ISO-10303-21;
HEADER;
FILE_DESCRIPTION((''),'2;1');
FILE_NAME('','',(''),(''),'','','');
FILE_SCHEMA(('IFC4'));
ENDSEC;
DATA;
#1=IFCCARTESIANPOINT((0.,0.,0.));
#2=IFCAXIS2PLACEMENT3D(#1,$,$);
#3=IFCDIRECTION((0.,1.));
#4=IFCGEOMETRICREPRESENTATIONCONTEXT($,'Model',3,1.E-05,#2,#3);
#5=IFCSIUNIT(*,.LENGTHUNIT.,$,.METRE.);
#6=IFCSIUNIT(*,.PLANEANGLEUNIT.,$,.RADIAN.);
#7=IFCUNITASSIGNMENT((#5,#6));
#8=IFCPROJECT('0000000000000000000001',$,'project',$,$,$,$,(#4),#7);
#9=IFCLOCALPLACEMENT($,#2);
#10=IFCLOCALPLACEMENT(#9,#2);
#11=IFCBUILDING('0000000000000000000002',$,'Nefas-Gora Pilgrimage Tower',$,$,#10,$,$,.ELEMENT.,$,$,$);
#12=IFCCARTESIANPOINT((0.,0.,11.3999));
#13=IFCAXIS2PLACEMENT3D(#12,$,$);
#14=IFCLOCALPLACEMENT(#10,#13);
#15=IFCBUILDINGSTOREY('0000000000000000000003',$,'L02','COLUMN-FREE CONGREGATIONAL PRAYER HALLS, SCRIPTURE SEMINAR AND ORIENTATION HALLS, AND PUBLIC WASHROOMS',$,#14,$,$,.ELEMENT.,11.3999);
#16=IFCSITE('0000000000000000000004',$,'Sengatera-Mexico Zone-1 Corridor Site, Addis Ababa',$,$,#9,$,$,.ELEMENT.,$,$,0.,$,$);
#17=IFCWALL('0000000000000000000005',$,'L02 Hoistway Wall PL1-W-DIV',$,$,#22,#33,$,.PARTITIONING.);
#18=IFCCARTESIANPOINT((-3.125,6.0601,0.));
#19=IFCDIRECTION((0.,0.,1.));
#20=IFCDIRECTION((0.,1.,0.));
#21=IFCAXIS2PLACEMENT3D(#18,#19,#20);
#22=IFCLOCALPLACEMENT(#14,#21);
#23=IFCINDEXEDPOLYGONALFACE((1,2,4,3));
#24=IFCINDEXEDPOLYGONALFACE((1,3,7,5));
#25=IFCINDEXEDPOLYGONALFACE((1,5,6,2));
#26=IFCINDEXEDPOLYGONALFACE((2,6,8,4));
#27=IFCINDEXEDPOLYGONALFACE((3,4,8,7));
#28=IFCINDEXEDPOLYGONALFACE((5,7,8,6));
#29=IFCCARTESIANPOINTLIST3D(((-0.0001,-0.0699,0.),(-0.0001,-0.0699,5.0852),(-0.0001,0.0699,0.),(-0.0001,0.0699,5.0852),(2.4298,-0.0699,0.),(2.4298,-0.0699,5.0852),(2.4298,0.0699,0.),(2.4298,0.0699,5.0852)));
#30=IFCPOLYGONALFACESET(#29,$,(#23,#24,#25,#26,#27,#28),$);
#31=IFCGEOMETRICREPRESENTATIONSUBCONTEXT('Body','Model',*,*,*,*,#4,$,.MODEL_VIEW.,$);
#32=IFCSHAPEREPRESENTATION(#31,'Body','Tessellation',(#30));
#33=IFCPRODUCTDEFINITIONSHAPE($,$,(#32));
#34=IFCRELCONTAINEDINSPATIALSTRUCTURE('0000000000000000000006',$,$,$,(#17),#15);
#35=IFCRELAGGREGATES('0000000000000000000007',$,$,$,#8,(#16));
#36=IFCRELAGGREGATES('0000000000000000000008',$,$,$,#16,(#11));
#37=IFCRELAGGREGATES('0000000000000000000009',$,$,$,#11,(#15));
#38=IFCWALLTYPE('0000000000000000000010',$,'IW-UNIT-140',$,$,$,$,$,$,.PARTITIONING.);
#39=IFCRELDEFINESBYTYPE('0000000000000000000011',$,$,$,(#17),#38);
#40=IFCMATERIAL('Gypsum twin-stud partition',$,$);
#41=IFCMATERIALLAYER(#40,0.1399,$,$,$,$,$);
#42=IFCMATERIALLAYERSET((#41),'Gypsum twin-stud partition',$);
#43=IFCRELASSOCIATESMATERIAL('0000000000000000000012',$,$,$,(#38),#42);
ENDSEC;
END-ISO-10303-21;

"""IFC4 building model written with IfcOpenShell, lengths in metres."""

from ifc_helpers import new_model, si_unit, direction, frame, frame_2d, origin, place, context, subcontext, project, spatial, rectangle, extrude, source, transform, mapped, material, layer, layer_set, type_object, element, save


model = new_model("IFC4")

# Units and contexts
model_context = context("Model", 3, precision=1e-05, world=origin(), true_north=direction((0.0, 1.0)))
body_context = subcontext(model_context, "Body", "Model", "MODEL_VIEW")
ifc_project = project(units=[si_unit("LENGTHUNIT", "METRE"), si_unit("PLANEANGLEUNIT", "RADIAN")], contexts=[model_context])

# Site, building, storey
site_placement = place(None, origin())
site = spatial("IfcSite", under=ifc_project, at=site_placement, Name="Sengatera-Mexico Zone-1 Corridor Site, Addis Ababa", CompositionType="ELEMENT", RefElevation=0.0)
building_placement = place(site_placement, origin())
building = spatial("IfcBuilding", under=site, at=building_placement, Name="Nefas-Gora Pilgrimage Tower", CompositionType="ELEMENT")
storey_placement = place(building_placement, frame((0.0, 0.0, 11.3999)))
storey = spatial("IfcBuildingStorey", under=building, at=storey_placement, Name="L02", Description="COLUMN-FREE CONGREGATIONAL PRAYER HALLS, SCRIPTURE SEMINAR AND ORIENTATION HALLS, AND PUBLIC WASHROOMS", CompositionType="ELEMENT", Elevation=11.3999)

# Wall
ifc_material_1 = material(Name="Gypsum twin-stud partition")
ifc_layer_1 = layer(ifc_material_1, 0.1399)
ifc_layer_set_1 = layer_set([ifc_layer_1], Name="Gypsum twin-stud partition")
wall_type_1 = type_object("IfcWallType", Name="IW-UNIT-140", PredefinedType="PARTITIONING", material=ifc_layer_set_1)
shared_shape_1 = source(origin(), body_context, "Body", "SweptSolid", [
    extrude(rectangle(XDim=2.4299, YDim=0.1399, at=frame_2d((1.2148, 0.0))), origin(), (0.0, 0.0, 1.0), 5.0852),
])
wall_1_placement = place(storey_placement, frame((-3.125, 6.0601, 0.0), z_axis=(0.0, 0.0, 1.0), x_axis=(0.0, 1.0, 0.0)))
element("IfcWall", 1, at=wall_1_placement, inside=storey, type_object=wall_type_1, Name="L02 Hoistway Wall PL1-W-DIV", PredefinedType="PARTITIONING", context=body_context, shape_type="MappedRepresentation", body=[
    mapped(shared_shape_1, transform((0.0, 0.0, 0.0), x_axis=(1.0, 0.0, 0.0), y_axis=(0.0, 1.0, 0.0), z_axis=(0.0, 0.0, 1.0), scale=1.0)),
])

save(model, "model.ifc")
